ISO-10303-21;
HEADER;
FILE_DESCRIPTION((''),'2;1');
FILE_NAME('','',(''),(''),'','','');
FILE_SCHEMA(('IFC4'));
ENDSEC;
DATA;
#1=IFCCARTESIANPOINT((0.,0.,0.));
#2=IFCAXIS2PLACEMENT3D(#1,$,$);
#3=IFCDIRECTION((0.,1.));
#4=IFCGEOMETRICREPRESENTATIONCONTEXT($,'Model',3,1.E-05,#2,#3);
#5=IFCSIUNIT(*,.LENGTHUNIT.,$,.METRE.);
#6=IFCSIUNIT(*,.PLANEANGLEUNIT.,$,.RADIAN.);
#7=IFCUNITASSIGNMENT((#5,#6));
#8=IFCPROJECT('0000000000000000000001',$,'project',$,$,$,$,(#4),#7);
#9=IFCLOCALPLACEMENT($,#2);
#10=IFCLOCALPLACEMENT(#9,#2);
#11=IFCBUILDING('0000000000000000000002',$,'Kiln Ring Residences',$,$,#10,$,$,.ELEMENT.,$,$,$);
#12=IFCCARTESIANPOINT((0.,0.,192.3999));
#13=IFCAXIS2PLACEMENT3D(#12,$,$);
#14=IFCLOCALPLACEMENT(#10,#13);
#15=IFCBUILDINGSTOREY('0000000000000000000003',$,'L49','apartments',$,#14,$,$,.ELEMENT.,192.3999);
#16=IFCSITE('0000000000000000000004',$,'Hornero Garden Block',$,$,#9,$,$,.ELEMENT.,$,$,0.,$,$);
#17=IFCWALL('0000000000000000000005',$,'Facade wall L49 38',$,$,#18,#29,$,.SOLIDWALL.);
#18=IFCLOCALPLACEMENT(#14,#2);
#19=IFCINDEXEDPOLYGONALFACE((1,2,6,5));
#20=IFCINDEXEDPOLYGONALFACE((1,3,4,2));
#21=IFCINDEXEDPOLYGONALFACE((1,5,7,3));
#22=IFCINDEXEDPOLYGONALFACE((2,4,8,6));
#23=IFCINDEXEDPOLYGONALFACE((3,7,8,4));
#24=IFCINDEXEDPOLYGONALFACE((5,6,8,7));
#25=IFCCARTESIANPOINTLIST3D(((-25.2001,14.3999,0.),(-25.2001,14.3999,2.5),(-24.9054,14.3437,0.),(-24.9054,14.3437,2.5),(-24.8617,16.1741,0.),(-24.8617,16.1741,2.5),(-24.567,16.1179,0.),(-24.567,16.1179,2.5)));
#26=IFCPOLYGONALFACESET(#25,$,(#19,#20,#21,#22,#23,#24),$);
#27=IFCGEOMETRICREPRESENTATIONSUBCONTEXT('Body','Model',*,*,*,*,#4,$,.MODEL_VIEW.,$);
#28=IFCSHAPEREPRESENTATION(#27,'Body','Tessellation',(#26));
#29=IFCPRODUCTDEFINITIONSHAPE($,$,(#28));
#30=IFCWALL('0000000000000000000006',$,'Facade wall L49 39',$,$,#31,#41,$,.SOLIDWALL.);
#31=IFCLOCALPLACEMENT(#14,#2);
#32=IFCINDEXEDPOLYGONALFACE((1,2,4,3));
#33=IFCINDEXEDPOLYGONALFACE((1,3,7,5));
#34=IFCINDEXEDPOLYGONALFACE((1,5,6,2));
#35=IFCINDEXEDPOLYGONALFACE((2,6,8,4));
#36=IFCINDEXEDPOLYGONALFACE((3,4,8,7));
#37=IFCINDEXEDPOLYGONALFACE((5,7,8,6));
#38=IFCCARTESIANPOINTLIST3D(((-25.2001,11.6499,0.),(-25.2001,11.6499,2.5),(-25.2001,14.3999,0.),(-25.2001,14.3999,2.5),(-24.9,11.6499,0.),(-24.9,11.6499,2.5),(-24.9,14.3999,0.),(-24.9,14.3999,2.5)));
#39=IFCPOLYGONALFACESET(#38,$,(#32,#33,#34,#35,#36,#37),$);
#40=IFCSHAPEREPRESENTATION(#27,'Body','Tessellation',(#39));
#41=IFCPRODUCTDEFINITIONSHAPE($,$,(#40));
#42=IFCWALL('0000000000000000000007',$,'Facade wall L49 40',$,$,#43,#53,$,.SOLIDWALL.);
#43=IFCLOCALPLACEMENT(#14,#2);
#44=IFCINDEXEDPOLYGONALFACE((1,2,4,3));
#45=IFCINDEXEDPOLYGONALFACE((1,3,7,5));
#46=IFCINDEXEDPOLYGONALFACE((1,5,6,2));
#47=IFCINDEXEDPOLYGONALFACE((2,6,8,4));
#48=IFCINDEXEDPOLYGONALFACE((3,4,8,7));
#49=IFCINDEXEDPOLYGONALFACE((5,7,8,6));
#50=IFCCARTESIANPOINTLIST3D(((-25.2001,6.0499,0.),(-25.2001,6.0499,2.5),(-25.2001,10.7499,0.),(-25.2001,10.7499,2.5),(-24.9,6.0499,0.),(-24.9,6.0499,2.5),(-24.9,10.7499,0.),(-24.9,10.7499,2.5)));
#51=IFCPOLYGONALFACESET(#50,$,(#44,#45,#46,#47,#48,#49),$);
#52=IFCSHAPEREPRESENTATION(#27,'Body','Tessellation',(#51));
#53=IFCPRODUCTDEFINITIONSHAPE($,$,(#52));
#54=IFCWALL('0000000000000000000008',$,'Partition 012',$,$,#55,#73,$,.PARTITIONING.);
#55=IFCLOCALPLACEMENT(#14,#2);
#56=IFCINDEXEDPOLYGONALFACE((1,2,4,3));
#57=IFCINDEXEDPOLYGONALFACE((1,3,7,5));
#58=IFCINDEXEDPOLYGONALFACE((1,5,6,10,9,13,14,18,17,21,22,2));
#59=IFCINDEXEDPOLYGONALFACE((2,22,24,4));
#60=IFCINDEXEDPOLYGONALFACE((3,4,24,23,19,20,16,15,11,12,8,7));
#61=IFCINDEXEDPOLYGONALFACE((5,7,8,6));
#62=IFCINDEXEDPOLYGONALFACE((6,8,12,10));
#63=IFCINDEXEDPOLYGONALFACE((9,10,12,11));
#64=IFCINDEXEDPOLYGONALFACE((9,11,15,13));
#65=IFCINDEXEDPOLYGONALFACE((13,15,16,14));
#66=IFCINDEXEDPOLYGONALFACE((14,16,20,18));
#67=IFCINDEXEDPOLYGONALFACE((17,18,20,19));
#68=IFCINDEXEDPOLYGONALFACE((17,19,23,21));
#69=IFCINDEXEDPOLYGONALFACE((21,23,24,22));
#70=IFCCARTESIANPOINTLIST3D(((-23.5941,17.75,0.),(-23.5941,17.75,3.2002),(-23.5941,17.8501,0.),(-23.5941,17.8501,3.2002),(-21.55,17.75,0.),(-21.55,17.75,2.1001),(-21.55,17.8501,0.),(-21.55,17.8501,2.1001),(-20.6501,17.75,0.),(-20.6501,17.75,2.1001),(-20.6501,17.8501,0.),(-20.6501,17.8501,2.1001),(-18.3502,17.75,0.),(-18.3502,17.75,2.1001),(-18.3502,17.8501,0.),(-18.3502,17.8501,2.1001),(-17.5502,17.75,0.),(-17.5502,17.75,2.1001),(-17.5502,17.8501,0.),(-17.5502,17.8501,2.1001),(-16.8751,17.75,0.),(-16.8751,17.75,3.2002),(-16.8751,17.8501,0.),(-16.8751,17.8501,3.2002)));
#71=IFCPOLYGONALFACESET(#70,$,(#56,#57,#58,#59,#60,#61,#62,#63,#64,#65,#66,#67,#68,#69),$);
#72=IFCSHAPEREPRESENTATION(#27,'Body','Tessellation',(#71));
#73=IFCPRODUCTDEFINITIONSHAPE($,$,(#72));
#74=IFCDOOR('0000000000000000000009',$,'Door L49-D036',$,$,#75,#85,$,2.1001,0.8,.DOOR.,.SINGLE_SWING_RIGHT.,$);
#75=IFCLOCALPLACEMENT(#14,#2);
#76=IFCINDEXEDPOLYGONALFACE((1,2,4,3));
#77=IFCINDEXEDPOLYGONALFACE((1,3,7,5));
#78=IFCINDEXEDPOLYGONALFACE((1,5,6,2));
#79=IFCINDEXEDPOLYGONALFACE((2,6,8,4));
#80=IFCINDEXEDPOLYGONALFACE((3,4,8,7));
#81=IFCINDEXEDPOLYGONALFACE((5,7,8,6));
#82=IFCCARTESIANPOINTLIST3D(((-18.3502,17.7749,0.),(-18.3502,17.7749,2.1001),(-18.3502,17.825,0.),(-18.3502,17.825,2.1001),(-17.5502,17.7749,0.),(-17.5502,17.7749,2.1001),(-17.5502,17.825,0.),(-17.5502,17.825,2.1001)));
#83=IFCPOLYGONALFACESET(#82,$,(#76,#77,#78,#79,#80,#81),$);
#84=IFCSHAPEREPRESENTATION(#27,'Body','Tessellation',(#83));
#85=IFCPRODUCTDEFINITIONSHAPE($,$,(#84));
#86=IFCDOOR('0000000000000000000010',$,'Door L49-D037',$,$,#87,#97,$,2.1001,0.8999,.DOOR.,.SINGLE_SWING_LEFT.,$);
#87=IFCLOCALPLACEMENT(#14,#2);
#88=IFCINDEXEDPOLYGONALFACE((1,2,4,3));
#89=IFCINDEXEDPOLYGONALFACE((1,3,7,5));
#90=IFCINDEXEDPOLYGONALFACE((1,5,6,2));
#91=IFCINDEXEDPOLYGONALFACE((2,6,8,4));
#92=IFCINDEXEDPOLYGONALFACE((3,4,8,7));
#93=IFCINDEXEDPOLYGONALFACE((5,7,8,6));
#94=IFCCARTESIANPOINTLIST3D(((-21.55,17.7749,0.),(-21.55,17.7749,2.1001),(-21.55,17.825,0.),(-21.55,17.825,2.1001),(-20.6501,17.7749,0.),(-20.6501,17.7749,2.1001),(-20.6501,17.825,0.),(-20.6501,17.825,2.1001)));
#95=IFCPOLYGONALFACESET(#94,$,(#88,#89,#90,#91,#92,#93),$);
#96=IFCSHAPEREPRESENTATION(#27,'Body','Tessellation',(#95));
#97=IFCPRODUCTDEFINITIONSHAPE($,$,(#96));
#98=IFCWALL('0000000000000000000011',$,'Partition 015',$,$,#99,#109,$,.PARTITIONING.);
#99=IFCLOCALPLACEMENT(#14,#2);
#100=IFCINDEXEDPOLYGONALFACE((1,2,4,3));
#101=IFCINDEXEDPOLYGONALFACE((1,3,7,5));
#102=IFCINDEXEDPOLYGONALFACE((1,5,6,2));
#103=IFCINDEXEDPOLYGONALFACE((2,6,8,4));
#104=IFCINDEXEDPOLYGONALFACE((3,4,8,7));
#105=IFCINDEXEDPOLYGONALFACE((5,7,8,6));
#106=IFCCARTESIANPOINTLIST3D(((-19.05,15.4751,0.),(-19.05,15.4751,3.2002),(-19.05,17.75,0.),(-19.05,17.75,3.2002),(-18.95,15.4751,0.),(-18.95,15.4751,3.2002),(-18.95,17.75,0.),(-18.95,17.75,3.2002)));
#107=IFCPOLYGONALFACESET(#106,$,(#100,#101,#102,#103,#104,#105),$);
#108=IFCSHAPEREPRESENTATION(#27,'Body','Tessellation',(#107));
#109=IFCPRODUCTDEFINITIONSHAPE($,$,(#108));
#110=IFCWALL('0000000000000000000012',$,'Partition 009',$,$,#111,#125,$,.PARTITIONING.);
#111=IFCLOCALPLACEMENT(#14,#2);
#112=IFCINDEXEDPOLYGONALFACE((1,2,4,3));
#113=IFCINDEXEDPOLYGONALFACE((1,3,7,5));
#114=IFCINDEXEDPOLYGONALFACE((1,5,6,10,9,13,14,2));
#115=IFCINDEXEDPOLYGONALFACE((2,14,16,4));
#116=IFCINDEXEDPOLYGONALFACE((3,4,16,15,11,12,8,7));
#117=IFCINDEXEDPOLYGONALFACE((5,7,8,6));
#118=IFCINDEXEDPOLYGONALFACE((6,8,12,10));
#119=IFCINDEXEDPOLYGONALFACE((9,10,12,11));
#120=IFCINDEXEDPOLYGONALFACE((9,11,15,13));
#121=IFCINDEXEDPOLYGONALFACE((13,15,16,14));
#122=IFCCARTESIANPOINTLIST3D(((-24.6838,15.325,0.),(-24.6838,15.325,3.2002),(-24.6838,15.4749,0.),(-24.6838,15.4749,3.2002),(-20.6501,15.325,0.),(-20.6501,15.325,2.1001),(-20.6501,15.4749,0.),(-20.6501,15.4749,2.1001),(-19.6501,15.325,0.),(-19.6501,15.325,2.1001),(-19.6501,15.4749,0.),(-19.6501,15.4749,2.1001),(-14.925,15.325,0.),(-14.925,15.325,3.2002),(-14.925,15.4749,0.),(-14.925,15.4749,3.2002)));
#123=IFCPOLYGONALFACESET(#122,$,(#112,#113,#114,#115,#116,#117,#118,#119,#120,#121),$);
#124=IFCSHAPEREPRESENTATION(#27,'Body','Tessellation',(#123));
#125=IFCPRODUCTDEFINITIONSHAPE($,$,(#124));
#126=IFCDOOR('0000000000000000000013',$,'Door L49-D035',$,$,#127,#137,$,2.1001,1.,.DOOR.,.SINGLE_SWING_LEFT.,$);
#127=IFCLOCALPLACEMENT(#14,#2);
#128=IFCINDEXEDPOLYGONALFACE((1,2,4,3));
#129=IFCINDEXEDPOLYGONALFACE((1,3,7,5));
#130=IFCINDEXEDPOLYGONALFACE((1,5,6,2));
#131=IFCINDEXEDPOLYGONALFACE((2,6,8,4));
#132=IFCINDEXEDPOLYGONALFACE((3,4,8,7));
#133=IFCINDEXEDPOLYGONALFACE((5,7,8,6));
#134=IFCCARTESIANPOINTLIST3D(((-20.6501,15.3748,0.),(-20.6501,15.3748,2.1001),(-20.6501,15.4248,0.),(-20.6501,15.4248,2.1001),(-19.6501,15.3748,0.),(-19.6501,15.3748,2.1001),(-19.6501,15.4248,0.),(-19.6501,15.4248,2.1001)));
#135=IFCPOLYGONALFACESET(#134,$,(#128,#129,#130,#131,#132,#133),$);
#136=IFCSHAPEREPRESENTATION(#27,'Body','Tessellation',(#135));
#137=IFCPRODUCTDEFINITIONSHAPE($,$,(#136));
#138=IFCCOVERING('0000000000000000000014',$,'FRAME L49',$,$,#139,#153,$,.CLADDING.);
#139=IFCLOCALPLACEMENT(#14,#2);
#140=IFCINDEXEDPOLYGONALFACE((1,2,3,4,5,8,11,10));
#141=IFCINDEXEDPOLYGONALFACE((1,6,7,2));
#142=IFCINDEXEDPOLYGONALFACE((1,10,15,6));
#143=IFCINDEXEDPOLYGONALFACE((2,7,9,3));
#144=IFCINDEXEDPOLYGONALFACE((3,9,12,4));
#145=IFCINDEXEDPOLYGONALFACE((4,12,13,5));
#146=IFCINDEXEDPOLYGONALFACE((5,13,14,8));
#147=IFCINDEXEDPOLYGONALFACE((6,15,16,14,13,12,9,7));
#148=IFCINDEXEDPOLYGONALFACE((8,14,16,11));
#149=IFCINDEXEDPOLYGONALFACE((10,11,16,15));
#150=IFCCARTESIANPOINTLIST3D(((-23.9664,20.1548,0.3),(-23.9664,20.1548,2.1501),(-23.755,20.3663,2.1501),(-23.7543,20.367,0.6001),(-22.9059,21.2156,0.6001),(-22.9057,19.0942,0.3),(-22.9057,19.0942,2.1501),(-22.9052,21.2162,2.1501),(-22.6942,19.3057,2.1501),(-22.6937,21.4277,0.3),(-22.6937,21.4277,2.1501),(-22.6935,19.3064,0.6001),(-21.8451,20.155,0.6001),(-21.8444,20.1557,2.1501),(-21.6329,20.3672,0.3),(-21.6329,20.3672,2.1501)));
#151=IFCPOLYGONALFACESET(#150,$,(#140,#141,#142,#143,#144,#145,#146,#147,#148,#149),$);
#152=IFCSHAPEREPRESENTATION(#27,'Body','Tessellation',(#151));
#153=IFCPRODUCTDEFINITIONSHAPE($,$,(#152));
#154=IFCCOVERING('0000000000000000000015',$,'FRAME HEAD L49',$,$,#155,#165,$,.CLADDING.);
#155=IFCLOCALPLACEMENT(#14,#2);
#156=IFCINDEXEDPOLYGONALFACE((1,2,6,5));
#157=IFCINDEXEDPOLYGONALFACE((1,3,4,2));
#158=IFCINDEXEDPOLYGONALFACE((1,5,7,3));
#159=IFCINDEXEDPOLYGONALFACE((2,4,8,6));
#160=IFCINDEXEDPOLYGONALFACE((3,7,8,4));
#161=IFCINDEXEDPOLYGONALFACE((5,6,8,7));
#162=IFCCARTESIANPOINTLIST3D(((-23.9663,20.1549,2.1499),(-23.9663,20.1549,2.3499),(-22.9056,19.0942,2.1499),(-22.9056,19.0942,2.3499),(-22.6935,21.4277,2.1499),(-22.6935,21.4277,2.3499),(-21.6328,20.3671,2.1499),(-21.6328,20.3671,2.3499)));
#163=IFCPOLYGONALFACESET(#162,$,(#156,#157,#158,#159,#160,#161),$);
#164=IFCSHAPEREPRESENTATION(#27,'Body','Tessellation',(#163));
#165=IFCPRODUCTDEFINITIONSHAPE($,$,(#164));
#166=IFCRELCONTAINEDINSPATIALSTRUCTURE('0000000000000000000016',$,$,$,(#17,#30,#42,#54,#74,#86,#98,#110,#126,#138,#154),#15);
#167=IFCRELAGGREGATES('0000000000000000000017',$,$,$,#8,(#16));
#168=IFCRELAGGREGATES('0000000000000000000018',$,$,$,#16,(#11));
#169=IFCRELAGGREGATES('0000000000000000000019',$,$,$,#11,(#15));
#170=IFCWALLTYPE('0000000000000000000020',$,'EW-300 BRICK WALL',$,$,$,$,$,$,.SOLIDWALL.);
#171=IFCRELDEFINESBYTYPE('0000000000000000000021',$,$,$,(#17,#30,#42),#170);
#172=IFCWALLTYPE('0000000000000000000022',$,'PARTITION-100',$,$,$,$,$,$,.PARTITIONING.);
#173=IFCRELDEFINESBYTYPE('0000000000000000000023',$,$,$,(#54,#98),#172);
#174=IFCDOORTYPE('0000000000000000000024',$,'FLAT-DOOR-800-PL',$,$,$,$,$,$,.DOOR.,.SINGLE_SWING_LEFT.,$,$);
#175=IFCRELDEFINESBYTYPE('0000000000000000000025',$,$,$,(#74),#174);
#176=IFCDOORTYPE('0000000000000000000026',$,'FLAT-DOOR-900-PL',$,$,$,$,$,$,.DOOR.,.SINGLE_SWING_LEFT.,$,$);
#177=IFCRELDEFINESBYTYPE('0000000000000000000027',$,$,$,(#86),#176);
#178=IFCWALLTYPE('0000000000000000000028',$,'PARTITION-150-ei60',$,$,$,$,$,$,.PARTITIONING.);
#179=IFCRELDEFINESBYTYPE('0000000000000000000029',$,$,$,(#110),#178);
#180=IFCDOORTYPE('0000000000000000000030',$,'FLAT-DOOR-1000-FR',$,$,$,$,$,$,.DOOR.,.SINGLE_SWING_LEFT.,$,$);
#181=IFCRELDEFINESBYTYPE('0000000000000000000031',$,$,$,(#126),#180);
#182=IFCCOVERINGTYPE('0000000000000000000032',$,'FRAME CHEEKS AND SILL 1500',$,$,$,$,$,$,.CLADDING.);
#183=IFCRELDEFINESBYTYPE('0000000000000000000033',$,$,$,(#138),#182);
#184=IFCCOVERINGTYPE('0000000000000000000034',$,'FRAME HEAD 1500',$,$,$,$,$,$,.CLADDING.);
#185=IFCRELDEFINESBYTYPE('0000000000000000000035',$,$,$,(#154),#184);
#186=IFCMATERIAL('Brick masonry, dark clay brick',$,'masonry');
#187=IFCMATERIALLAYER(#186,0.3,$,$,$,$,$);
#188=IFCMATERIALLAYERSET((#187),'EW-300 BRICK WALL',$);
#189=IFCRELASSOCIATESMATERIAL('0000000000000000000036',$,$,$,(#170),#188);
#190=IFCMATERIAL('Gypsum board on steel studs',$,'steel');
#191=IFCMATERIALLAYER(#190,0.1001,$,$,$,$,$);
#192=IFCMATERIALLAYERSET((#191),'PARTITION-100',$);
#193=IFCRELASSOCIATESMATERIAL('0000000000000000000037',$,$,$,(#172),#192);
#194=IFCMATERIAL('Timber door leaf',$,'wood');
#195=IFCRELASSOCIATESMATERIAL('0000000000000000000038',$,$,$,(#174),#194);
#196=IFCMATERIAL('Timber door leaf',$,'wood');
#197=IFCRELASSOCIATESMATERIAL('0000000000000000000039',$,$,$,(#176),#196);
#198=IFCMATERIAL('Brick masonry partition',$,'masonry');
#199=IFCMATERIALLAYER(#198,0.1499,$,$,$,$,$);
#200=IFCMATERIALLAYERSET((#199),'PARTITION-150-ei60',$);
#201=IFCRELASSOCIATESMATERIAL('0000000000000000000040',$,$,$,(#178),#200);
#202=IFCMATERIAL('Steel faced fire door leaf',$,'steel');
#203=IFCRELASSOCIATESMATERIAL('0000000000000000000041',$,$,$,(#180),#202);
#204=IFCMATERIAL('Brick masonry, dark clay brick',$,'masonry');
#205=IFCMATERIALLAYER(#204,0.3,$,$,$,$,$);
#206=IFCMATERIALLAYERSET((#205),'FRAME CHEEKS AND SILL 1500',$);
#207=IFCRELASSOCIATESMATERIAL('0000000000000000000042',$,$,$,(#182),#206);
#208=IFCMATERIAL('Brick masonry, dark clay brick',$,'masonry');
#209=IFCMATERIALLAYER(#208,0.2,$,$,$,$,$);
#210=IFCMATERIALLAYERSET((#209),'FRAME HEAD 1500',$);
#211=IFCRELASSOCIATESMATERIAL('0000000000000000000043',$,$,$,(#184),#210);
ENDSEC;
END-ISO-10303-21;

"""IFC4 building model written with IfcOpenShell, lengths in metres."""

from ifc_helpers import new_model, si_unit, direction, frame, frame_2d, origin, origin_2d, place, context, subcontext, project, spatial, polyline, rectangle, outline, extrude, material, layer, layer_set, type_object, element, fill, save


model = new_model("IFC4")

# Units and contexts
model_context = context("Model", 3, precision=1e-05, world=origin(), true_north=direction((0.0, 1.0)))
body_context = subcontext(model_context, "Body", "Model", "MODEL_VIEW")
ifc_project = project(units=[si_unit("LENGTHUNIT", "METRE"), si_unit("PLANEANGLEUNIT", "RADIAN")], contexts=[model_context])

# Site, building, storey
site_placement = place(None, origin())
site = spatial("IfcSite", under=ifc_project, at=site_placement, Name="Hornero Garden Block", CompositionType="ELEMENT", RefElevation=0.0)
building_placement = place(site_placement, origin())
building = spatial("IfcBuilding", under=site, at=building_placement, Name="Kiln Ring Residences", CompositionType="ELEMENT")
storey_placement = place(building_placement, frame((0.0, 0.0, 192.3999)))
storey = spatial("IfcBuildingStorey", under=building, at=storey_placement, Name="L49", Description="apartments", CompositionType="ELEMENT", Elevation=192.3999)

# Shared definitions
ifc_material_1 = material(Name="Brick masonry, dark clay brick", Category="masonry")
ifc_layer_1 = layer(ifc_material_1, 0.3)
ifc_layer_set_1 = layer_set([ifc_layer_1], Name="EW-300 BRICK WALL")
wall_type_1 = type_object("IfcWallType", Name="EW-300 BRICK WALL", PredefinedType="SOLIDWALL", material=ifc_layer_set_1)

# Walls
wall_1_placement = place(storey_placement, frame((-24.7144, 16.146, 0.0), z_axis=(0.0, 0.0, 1.0), x_axis=(-0.187348, -0.982294, 0.0)))
element("IfcWall", 1, at=wall_1_placement, inside=storey, type_object=wall_type_1, Name="Facade wall L49 38", PredefinedType="SOLIDWALL", context=body_context, shape_type="SweptSolid", body=[
    extrude(rectangle(XDim=1.8062, YDim=0.3, at=frame_2d((0.9031, 0.0))), origin(), (0.0, 0.0, 1.0), 2.5),
])
wall_2_placement = place(storey_placement, frame((-25.05, 14.3999, 0.0), z_axis=(0.0, 0.0, 1.0), x_axis=(0.0, -1.0, 0.0)))
element("IfcWall", 2, at=wall_2_placement, inside=storey, type_object=wall_type_1, Name="Facade wall L49 39", PredefinedType="SOLIDWALL", context=body_context, shape_type="SweptSolid", body=[
    extrude(rectangle(XDim=2.75, YDim=0.3, at=frame_2d((1.375, 0.0))), origin(), (0.0, 0.0, 1.0), 2.5),
])
wall_3_placement = place(storey_placement, frame((-25.05, 10.75, 0.0), z_axis=(0.0, 0.0, 1.0), x_axis=(0.0, -1.0, 0.0)))
element("IfcWall", 3, at=wall_3_placement, inside=storey, type_object=wall_type_1, Name="Facade wall L49 40", PredefinedType="SOLIDWALL", context=body_context, shape_type="SweptSolid", body=[
    extrude(rectangle(XDim=4.7, YDim=0.3, at=frame_2d((2.3501, 0.0))), origin(), (0.0, 0.0, 1.0), 2.5),
])

# Wall, openings, doors
ifc_material_2 = material(Name="Gypsum board on steel studs", Category="steel")
ifc_layer_2 = layer(ifc_material_2, 0.1001)
ifc_layer_set_2 = layer_set([ifc_layer_2], Name="PARTITION-100")
wall_type_2 = type_object("IfcWallType", Name="PARTITION-100", PredefinedType="PARTITIONING", material=ifc_layer_set_2)
wall_4_placement = place(storey_placement, frame((-23.594, 17.8, 0.0), z_axis=(0.0, 0.0, 1.0), x_axis=(1.0, 0.0, 0.0)))
wall_4 = element("IfcWall", 4, at=wall_4_placement, inside=storey, type_object=wall_type_2, Name="Partition 012", PredefinedType="PARTITIONING", context=body_context, shape_type="SweptSolid", body=[
    extrude(rectangle(XDim=6.719, YDim=0.1001, at=frame_2d((3.3594, 0.0))), origin(), (0.0, 0.0, 1.0), 3.2002),
])
opening_1_placement = place(wall_4_placement, frame((5.2439, 0.0, 0.0)))
opening_1 = element("IfcOpeningElement", 5, at=opening_1_placement, cuts=wall_4, PredefinedType="OPENING", context=body_context, shape_type="SweptSolid", body=[
    extrude(rectangle(XDim=0.8, YDim=2.1001, at=frame_2d((0.3999, 1.05))), frame((0.0, 0.0601, 0.0), z_axis=(0.0, -1.0, 0.0), x_axis=(1.0, 0.0, 0.0)), (0.0, 0.0, 1.0), 0.1201),
])
opening_2_placement = place(wall_4_placement, frame((2.0439, 0.0, 0.0)))
opening_2 = element("IfcOpeningElement", 6, at=opening_2_placement, cuts=wall_4, PredefinedType="OPENING", context=body_context, shape_type="SweptSolid", body=[
    extrude(rectangle(XDim=0.8999, YDim=2.1001, at=frame_2d((0.45, 1.05))), frame((0.0, 0.0601, 0.0), z_axis=(0.0, -1.0, 0.0), x_axis=(1.0, 0.0, 0.0)), (0.0, 0.0, 1.0), 0.1201),
])
ifc_material_3 = material(Name="Timber door leaf", Category="wood")
door_type_1 = type_object("IfcDoorType", Name="FLAT-DOOR-800-PL", OperationType="SINGLE_SWING_LEFT", PredefinedType="DOOR", material=ifc_material_3)
door_1_placement = place(opening_1_placement, origin())
door_1 = element("IfcDoor", 7, at=door_1_placement, inside=storey, type_object=door_type_1, Name="Door L49-D036", OperationType="SINGLE_SWING_RIGHT", OverallHeight=2.1001, OverallWidth=0.8, PredefinedType="DOOR", context=body_context, shape_type="SweptSolid", body=[
    extrude(rectangle(XDim=0.8, YDim=2.1001, at=frame_2d((0.3999, 1.05))), frame((0.0, 0.0249, 0.0), z_axis=(0.0, -1.0, 0.0), x_axis=(1.0, 0.0, 0.0)), (0.0, 0.0, 1.0), 0.05),
])
fill(opening_1, door_1)
ifc_material_4 = material(Name="Timber door leaf", Category="wood")
door_type_2 = type_object("IfcDoorType", Name="FLAT-DOOR-900-PL", OperationType="SINGLE_SWING_LEFT", PredefinedType="DOOR", material=ifc_material_4)
door_2_placement = place(opening_2_placement, origin())
door_2 = element("IfcDoor", 8, at=door_2_placement, inside=storey, type_object=door_type_2, Name="Door L49-D037", OperationType="SINGLE_SWING_LEFT", OverallHeight=2.1001, OverallWidth=0.8999, PredefinedType="DOOR", context=body_context, shape_type="SweptSolid", body=[
    extrude(rectangle(XDim=0.8999, YDim=2.1001, at=frame_2d((0.45, 1.05))), frame((0.0, 0.0249, 0.0), z_axis=(0.0, -1.0, 0.0), x_axis=(1.0, 0.0, 0.0)), (0.0, 0.0, 1.0), 0.05),
])
fill(opening_2, door_2)

# Wall
wall_5_placement = place(storey_placement, frame((-19.0, 15.4751, 0.0), z_axis=(0.0, 0.0, 1.0), x_axis=(0.0, 1.0, 0.0)))
element("IfcWall", 9, at=wall_5_placement, inside=storey, type_object=wall_type_2, Name="Partition 015", PredefinedType="PARTITIONING", context=body_context, shape_type="SweptSolid", body=[
    extrude(rectangle(XDim=2.2749, YDim=0.1001, at=frame_2d((1.1375, 0.0))), origin(), (0.0, 0.0, 1.0), 3.2002),
])

# Wall, opening, door
ifc_material_5 = material(Name="Brick masonry partition", Category="masonry")
ifc_layer_3 = layer(ifc_material_5, 0.1499)
ifc_layer_set_3 = layer_set([ifc_layer_3], Name="PARTITION-150-ei60")
wall_type_3 = type_object("IfcWallType", Name="PARTITION-150-ei60", PredefinedType="PARTITIONING", material=ifc_layer_set_3)
wall_6_placement = place(storey_placement, frame((-24.6838, 15.3999, 0.0), z_axis=(0.0, 0.0, 1.0), x_axis=(1.0, 0.0, 0.0)))
wall_6 = element("IfcWall", 10, at=wall_6_placement, inside=storey, type_object=wall_type_3, Name="Partition 009", PredefinedType="PARTITIONING", context=body_context, shape_type="SweptSolid", body=[
    extrude(rectangle(XDim=9.7588, YDim=0.1499, at=frame_2d((4.8794, 0.0))), origin(), (0.0, 0.0, 1.0), 3.2002),
])
opening_3_placement = place(wall_6_placement, frame((4.0337, 0.0, 0.0)))
opening_3 = element("IfcOpeningElement", 11, at=opening_3_placement, cuts=wall_6, PredefinedType="OPENING", context=body_context, shape_type="SweptSolid", body=[
    extrude(rectangle(XDim=1.0, YDim=2.1001, at=frame_2d((0.5, 1.05))), frame((0.0, 0.085, 0.0), z_axis=(0.0, -1.0, 0.0), x_axis=(1.0, 0.0, 0.0)), (0.0, 0.0, 1.0), 0.1699),
])
ifc_material_6 = material(Name="Steel faced fire door leaf", Category="steel")
door_type_3 = type_object("IfcDoorType", Name="FLAT-DOOR-1000-FR", OperationType="SINGLE_SWING_LEFT", PredefinedType="DOOR", material=ifc_material_6)
door_3_placement = place(opening_3_placement, origin())
door_3 = element("IfcDoor", 12, at=door_3_placement, inside=storey, type_object=door_type_3, Name="Door L49-D035", OperationType="SINGLE_SWING_LEFT", OverallHeight=2.1001, OverallWidth=1.0, PredefinedType="DOOR", context=body_context, shape_type="SweptSolid", body=[
    extrude(rectangle(XDim=1.0, YDim=2.1001, at=frame_2d((0.5, 1.05))), frame((0.0, 0.0249, 0.0), z_axis=(0.0, -1.0, 0.0), x_axis=(1.0, 0.0, 0.0)), (0.0, 0.0, 1.0), 0.05),
])
fill(opening_3, door_3)

# Coverings
ifc_material_7 = material(Name="Brick masonry, dark clay brick", Category="masonry")
ifc_layer_4 = layer(ifc_material_7, 0.3)
ifc_layer_set_4 = layer_set([ifc_layer_4], Name="FRAME CHEEKS AND SILL 1500")
covering_type_1 = type_object("IfcCoveringType", Name="FRAME CHEEKS AND SILL 1500", PredefinedType="CLADDING", material=ifc_layer_set_4)
covering_1_placement = place(storey_placement, frame((-22.1633, 20.8975, 0.3), z_axis=(0.0, 0.0, 1.0), x_axis=(-0.707039, -0.707175, 0.0)))
element("IfcCovering", 13, at=covering_1_placement, inside=storey, type_object=covering_type_1, Name="FRAME L49", PredefinedType="CLADDING", context=body_context, shape_type="SweptSolid", body=[
    extrude(outline(polyline([(0.0, 0.0), (1.8, 0.0), (1.8, 1.8501), (1.501, 1.8501), (1.5, 0.3), (0.3, 0.3), (0.2991, 1.8501), (0.0, 1.8501), (0.0, 0.0)])), frame((0.0, 0.75, 0.0), z_axis=(0.0, -1.0, 0.0), x_axis=(1.0, 0.0, 0.0)), (0.0, 0.0, 1.0), 1.5),
])
ifc_material_8 = material(Name="Brick masonry, dark clay brick", Category="masonry")
ifc_layer_5 = layer(ifc_material_8, 0.2)
ifc_layer_set_5 = layer_set([ifc_layer_5], Name="FRAME HEAD 1500")
covering_type_2 = type_object("IfcCoveringType", Name="FRAME HEAD 1500", PredefinedType="CLADDING", material=ifc_layer_set_5)
covering_2_placement = place(storey_placement, frame((-22.7996, 20.261, 2.1499), z_axis=(0.0, 0.0, 1.0), x_axis=(-0.707107, -0.707107, 0.0)))
element("IfcCovering", 14, at=covering_2_placement, inside=storey, type_object=covering_type_2, Name="FRAME HEAD L49", PredefinedType="CLADDING", context=body_context, shape_type="SweptSolid", body=[
    extrude(rectangle(XDim=1.8, YDim=1.5, at=origin_2d()), origin(), (0.0, 0.0, 1.0), 0.2),
])

save(model, "model.ifc")
